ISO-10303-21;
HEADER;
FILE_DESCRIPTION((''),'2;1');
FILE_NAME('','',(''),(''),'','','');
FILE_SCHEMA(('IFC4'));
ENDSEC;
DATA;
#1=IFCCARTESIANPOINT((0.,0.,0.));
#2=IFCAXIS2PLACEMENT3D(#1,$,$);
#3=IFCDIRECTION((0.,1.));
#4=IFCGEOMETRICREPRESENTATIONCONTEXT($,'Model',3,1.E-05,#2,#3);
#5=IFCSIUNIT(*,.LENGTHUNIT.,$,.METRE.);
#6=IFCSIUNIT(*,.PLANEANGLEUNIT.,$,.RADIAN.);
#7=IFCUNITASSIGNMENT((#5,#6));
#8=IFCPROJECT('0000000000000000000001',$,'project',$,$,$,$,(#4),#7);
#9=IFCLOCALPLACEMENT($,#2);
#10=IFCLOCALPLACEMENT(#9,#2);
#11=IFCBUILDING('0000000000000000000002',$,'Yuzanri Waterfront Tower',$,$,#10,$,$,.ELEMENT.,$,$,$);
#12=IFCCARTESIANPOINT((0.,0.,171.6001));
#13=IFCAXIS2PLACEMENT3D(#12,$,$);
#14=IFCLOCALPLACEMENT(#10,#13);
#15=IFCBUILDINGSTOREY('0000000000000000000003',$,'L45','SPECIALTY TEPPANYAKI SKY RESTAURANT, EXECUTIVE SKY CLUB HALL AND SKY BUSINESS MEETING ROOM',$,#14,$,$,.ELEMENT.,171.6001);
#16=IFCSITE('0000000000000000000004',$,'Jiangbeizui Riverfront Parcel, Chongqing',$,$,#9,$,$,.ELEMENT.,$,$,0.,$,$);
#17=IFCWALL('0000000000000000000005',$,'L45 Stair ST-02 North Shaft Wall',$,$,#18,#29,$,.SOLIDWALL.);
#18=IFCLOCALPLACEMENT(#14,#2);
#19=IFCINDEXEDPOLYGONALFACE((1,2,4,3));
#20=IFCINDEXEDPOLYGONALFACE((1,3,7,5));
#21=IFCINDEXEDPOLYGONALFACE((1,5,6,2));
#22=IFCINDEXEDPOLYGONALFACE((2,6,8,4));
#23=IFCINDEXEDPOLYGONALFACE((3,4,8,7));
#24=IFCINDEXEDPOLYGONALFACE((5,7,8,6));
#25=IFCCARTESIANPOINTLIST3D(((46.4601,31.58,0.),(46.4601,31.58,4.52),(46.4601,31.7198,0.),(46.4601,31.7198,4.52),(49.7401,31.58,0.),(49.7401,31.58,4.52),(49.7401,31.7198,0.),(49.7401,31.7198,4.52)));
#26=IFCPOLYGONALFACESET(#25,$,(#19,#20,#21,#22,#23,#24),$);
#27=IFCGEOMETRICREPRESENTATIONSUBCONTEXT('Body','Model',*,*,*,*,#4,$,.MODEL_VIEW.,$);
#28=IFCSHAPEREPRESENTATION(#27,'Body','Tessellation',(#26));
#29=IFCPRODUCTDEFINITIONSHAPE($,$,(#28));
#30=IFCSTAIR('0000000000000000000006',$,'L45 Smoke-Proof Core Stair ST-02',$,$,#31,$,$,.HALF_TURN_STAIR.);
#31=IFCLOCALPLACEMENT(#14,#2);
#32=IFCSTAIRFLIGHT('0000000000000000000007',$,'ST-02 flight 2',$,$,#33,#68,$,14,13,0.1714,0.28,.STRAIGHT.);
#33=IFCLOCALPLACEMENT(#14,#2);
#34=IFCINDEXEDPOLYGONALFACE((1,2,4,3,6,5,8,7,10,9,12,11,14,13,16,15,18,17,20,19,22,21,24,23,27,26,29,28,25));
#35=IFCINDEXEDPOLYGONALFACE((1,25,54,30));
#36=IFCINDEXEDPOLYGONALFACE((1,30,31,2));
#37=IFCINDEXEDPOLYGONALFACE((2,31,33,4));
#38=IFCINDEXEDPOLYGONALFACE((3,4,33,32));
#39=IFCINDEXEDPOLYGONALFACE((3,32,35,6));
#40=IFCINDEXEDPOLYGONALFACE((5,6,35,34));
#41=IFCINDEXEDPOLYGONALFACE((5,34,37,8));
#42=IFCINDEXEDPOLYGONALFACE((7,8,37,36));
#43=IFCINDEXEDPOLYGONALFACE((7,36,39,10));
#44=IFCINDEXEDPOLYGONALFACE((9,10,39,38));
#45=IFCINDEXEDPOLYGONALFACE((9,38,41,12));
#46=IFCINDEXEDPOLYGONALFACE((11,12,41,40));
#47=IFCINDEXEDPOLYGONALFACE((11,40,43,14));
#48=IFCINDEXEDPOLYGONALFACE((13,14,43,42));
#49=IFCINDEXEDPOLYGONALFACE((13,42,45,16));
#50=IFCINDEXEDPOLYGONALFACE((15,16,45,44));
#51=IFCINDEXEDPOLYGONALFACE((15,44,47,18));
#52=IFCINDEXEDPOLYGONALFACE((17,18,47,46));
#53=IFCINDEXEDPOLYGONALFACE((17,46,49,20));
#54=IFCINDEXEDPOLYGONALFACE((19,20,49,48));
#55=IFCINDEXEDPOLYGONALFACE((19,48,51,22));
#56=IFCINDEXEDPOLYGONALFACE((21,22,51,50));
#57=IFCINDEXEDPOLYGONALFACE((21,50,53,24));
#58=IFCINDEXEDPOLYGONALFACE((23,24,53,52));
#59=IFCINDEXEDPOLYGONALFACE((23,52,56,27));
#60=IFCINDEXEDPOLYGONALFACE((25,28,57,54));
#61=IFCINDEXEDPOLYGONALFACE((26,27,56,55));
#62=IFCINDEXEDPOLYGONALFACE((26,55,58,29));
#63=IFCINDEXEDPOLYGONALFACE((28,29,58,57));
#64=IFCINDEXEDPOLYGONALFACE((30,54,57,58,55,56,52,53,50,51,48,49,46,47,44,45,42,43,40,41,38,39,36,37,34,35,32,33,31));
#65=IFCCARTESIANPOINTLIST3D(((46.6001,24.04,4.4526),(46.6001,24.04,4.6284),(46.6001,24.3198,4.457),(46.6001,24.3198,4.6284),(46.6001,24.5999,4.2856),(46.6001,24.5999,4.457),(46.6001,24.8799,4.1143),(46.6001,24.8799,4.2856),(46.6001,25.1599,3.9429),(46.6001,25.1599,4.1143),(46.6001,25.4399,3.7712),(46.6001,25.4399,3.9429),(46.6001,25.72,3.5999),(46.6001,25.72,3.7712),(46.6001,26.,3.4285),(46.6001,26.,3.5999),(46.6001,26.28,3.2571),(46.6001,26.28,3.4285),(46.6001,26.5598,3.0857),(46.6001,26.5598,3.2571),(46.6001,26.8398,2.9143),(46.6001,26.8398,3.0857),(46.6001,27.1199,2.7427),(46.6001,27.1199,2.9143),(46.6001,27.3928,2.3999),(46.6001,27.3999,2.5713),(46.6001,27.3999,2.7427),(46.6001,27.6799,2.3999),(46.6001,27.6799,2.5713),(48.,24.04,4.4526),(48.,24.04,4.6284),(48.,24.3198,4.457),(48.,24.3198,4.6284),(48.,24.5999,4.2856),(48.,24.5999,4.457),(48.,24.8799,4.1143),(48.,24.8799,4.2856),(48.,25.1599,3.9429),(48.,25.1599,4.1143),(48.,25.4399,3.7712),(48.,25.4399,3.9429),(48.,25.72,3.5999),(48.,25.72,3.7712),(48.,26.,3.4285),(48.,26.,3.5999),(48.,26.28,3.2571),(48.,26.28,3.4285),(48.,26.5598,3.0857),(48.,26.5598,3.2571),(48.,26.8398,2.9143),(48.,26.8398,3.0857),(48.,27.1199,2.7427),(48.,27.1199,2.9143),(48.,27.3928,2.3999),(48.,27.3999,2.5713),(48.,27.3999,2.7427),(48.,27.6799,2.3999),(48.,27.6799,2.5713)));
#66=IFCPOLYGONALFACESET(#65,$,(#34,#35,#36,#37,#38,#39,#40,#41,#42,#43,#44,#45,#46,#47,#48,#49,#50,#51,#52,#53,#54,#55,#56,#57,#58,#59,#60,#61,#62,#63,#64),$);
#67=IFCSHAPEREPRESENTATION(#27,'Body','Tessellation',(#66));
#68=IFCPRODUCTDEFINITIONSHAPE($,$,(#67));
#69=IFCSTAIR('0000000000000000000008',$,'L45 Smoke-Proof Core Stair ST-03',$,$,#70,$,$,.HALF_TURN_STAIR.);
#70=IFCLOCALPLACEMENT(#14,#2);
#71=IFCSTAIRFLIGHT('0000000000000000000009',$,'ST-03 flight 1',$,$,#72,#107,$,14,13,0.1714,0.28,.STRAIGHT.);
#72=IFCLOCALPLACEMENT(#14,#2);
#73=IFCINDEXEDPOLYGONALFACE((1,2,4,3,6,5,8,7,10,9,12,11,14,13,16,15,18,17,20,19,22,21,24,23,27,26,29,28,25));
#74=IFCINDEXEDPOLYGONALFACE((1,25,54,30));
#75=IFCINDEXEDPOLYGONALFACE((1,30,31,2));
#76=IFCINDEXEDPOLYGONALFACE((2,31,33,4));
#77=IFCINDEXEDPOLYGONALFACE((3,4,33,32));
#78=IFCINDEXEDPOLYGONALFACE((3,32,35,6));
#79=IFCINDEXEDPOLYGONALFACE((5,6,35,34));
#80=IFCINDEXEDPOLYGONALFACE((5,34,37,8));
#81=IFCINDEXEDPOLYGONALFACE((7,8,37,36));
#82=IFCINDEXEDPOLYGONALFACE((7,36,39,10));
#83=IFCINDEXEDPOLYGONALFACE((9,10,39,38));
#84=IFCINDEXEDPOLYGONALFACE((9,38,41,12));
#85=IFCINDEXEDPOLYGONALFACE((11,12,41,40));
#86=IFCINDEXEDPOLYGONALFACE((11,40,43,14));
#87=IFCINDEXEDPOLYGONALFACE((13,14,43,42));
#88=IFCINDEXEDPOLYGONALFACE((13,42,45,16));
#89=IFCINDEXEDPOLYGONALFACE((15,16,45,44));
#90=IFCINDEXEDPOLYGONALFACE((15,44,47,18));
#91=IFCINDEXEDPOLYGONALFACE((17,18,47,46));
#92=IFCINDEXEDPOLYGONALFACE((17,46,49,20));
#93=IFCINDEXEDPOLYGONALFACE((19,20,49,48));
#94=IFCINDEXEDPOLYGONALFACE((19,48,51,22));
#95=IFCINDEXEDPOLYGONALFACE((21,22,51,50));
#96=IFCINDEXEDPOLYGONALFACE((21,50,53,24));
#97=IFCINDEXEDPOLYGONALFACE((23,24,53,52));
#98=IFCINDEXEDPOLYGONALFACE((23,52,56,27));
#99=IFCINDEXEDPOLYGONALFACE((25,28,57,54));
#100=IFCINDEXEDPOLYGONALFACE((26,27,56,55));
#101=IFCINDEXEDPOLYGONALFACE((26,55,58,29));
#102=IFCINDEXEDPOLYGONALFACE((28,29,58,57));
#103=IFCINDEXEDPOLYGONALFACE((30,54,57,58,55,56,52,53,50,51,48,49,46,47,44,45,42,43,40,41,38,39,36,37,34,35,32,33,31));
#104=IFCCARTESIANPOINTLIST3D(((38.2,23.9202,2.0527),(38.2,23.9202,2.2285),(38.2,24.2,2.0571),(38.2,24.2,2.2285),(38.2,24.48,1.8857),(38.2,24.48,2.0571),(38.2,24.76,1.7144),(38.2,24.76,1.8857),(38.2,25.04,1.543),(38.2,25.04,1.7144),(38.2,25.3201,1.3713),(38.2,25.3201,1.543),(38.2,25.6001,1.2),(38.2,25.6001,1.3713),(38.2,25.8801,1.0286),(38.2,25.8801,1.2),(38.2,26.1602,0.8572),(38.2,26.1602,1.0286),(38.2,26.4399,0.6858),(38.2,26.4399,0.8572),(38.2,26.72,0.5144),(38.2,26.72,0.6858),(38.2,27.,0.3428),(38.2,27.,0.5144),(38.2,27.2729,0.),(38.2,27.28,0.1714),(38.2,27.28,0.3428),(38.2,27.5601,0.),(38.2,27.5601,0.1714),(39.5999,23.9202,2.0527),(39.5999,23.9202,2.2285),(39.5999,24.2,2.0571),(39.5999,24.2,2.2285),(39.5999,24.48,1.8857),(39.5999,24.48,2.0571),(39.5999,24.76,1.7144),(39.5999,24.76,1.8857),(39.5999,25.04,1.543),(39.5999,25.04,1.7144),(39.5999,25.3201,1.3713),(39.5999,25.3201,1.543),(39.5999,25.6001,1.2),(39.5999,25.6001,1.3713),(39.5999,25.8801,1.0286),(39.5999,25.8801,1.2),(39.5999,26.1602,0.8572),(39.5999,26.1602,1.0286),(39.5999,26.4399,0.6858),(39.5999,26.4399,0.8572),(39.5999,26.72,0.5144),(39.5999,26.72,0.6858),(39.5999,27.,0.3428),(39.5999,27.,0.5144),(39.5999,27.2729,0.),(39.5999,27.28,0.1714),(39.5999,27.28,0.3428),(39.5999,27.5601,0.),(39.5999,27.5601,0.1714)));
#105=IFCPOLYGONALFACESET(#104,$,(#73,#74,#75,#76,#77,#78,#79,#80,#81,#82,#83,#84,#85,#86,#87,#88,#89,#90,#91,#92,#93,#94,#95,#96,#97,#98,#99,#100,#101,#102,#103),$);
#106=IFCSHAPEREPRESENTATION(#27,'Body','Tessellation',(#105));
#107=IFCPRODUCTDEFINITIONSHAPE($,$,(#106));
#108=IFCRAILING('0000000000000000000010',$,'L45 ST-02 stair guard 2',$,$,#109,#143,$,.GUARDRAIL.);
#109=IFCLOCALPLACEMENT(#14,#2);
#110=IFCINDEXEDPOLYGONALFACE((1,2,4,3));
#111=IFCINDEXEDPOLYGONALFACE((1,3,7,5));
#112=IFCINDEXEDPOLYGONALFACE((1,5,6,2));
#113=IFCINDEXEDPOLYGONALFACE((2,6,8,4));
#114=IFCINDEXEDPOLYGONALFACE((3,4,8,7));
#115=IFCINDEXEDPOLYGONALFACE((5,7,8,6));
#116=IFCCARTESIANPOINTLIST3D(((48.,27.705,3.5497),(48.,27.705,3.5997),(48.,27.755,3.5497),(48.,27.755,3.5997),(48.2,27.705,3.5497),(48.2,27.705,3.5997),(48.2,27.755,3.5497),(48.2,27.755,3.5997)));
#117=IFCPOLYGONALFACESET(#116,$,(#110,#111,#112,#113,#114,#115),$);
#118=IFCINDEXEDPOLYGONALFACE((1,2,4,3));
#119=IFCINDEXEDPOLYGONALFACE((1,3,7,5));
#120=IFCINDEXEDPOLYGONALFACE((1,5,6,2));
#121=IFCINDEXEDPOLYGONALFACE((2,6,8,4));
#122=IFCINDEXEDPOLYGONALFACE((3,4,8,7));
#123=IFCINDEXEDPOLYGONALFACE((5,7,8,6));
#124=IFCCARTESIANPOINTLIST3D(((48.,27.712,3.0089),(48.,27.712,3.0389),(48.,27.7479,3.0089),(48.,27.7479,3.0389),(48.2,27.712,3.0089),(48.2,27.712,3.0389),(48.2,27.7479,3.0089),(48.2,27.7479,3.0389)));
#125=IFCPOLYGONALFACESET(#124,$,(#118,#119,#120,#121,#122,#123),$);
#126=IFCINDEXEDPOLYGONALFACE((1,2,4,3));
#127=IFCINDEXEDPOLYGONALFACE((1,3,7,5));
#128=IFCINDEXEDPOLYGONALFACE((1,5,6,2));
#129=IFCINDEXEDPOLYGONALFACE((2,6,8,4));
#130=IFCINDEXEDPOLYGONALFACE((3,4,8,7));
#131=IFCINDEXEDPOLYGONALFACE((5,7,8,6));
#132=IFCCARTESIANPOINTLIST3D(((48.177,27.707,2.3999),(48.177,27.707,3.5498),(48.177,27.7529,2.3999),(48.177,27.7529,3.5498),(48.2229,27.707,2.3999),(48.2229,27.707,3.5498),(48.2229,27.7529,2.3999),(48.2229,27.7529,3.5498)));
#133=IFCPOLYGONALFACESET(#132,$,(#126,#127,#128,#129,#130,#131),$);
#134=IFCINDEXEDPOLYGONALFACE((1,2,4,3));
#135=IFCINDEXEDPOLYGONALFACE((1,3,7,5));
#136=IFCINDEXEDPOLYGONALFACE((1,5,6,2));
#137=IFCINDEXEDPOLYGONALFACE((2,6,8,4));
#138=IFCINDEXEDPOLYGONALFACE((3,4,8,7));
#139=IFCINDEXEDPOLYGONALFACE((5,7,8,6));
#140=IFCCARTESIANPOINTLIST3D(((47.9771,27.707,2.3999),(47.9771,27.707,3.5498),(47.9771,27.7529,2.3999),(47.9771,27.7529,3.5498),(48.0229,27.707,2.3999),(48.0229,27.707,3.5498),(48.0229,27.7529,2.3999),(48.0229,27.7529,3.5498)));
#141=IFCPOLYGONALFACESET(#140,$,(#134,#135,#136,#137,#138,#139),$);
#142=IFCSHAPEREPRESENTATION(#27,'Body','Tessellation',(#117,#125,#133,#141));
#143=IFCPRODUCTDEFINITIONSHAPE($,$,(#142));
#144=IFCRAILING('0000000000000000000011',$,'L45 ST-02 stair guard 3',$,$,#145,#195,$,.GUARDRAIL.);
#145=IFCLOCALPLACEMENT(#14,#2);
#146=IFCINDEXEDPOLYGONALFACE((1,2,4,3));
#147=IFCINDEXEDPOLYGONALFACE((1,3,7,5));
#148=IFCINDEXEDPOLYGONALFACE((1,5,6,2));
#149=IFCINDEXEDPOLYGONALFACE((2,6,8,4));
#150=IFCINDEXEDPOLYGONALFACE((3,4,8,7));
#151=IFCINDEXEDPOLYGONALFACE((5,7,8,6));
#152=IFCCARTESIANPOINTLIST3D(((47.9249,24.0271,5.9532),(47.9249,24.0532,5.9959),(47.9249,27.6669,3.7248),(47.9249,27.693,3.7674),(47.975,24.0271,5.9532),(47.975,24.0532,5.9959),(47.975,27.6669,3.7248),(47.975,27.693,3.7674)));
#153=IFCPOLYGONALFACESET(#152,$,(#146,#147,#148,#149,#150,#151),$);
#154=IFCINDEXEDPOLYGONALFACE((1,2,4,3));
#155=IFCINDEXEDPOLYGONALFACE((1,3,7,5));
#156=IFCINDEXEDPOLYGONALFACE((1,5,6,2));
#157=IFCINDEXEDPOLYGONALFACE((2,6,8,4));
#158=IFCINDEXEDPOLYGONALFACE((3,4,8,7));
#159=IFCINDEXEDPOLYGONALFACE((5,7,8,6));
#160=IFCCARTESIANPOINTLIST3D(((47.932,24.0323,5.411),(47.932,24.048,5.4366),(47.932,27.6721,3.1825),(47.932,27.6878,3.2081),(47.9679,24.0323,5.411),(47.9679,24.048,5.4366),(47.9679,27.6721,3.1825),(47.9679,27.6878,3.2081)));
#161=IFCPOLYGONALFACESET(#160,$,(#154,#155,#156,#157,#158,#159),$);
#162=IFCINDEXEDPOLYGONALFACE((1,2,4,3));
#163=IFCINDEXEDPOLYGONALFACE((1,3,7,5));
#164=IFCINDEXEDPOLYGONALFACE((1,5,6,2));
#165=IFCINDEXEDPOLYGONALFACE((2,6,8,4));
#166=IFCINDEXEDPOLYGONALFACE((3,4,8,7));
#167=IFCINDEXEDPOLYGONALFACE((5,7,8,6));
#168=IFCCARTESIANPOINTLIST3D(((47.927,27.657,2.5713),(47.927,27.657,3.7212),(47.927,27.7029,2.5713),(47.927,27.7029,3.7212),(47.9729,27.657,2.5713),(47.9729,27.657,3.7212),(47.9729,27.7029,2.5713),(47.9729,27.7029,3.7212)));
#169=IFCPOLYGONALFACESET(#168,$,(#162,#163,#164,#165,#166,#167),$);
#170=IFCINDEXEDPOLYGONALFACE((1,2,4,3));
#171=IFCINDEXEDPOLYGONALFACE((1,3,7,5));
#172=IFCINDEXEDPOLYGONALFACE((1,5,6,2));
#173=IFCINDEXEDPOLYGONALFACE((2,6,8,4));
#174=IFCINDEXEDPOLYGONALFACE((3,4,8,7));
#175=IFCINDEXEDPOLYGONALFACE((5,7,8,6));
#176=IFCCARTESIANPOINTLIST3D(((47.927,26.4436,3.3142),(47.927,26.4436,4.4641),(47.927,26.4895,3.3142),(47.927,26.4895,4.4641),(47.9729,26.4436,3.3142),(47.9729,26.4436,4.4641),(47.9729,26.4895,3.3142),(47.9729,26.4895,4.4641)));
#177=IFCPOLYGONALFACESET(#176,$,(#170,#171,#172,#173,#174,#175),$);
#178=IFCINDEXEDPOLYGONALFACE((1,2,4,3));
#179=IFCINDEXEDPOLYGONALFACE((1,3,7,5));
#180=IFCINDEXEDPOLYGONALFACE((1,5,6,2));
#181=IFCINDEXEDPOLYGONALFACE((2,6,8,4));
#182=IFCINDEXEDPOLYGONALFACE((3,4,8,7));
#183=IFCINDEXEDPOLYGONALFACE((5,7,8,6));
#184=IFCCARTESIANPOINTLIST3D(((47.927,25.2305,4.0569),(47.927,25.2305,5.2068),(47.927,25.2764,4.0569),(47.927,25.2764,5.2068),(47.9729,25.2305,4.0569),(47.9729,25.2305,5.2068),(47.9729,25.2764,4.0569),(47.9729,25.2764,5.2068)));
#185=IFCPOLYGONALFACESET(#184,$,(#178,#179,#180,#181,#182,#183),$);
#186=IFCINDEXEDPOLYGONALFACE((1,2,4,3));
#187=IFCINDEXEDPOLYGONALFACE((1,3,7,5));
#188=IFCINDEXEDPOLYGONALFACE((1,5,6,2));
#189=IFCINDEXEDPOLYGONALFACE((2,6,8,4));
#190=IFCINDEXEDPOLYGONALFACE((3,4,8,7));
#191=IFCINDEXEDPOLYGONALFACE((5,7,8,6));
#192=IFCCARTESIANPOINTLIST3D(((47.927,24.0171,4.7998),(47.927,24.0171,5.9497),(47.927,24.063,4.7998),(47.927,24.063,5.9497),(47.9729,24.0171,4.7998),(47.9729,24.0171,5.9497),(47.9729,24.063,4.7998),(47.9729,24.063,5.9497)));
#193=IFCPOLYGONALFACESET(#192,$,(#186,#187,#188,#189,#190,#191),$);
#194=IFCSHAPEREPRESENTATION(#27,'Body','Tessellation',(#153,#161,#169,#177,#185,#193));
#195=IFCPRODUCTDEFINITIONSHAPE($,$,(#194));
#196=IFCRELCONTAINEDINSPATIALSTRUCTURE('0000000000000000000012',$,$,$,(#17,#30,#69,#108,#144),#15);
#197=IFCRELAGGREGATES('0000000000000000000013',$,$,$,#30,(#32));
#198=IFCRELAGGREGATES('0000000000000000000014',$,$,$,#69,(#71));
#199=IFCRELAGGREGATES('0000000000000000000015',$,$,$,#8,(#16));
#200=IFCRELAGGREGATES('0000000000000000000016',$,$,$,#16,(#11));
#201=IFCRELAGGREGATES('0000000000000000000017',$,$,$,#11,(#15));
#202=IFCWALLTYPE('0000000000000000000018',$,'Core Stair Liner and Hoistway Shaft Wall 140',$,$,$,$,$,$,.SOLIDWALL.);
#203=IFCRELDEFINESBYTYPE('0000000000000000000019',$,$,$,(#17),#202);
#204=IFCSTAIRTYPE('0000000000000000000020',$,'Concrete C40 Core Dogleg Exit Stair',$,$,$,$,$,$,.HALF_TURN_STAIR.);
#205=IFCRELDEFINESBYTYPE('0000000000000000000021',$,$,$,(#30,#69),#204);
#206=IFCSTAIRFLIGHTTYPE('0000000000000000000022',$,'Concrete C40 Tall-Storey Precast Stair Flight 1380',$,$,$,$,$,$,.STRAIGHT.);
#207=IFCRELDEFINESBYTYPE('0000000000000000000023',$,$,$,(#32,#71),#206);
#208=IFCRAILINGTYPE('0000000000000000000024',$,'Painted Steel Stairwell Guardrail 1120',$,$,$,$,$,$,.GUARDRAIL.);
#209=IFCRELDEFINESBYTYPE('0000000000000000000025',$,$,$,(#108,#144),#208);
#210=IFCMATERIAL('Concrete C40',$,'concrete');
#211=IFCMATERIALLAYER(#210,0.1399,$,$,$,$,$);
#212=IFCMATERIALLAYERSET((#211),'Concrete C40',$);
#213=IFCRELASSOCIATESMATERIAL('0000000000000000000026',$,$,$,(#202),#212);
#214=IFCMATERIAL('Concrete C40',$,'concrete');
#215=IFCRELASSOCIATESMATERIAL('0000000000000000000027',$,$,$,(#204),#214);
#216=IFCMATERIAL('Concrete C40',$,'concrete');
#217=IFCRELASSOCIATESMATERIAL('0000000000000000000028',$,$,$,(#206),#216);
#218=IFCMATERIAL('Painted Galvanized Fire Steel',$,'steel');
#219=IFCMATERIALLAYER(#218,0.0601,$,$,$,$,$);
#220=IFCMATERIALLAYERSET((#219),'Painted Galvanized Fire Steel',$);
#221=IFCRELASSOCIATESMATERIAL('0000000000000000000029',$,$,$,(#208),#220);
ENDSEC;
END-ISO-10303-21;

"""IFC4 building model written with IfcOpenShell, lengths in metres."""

from ifc_helpers import new_model, si_unit, direction, frame, frame_2d, origin, origin_2d, place, context, subcontext, project, spatial, polyline, rectangle, outline, extrude, source, transform, mapped, material, layer, layer_set, type_object, element, aggregate, save


model = new_model("IFC4")

# Units and contexts
model_context = context("Model", 3, precision=1e-05, world=origin(), true_north=direction((0.0, 1.0)))
body_context = subcontext(model_context, "Body", "Model", "MODEL_VIEW")
ifc_project = project(units=[si_unit("LENGTHUNIT", "METRE"), si_unit("PLANEANGLEUNIT", "RADIAN")], contexts=[model_context])

# Site, building, storey
site_placement = place(None, origin())
site = spatial("IfcSite", under=ifc_project, at=site_placement, Name="Jiangbeizui Riverfront Parcel, Chongqing", CompositionType="ELEMENT", RefElevation=0.0)
building_placement = place(site_placement, origin())
building = spatial("IfcBuilding", under=site, at=building_placement, Name="Yuzanri Waterfront Tower", CompositionType="ELEMENT")
storey_placement = place(building_placement, frame((0.0, 0.0, 171.6001)))
storey = spatial("IfcBuildingStorey", under=building, at=storey_placement, Name="L45", Description="SPECIALTY TEPPANYAKI SKY RESTAURANT, EXECUTIVE SKY CLUB HALL AND SKY BUSINESS MEETING ROOM", CompositionType="ELEMENT", Elevation=171.6001)

# Shared definitions
ifc_material_1 = material(Name="Concrete C40", Category="concrete")
ifc_layer_1 = layer(ifc_material_1, 0.1399)
ifc_layer_set_1 = layer_set([ifc_layer_1], Name="Concrete C40")
wall_type = type_object("IfcWallType", Name="Core Stair Liner and Hoistway Shaft Wall 140", PredefinedType="SOLIDWALL", material=ifc_layer_set_1)

# Wall
shared_shape_1 = source(origin(), body_context, "Body", "SweptSolid", [
    extrude(rectangle(XDim=3.28, YDim=0.1399, at=frame_2d((1.6401, 0.0))), origin(), (0.0, 0.0, 1.0), 4.52),
])
wall_1_placement = place(storey_placement, frame((46.46, 31.6499, 0.0), z_axis=(0.0, 0.0, 1.0), x_axis=(1.0, 0.0, 0.0)))
element("IfcWall", 1, at=wall_1_placement, inside=storey, type_object=wall_type, Name="L45 Stair ST-02 North Shaft Wall", PredefinedType="SOLIDWALL", context=body_context, shape_type="MappedRepresentation", body=[
    mapped(shared_shape_1, transform((0.0, 0.0, 0.0), scale=1.0)),
])

# Stairs, stair flights
ifc_material_2 = material(Name="Concrete C40", Category="concrete")
stair_type = type_object("IfcStairType", Name="Concrete C40 Core Dogleg Exit Stair", PredefinedType="HALF_TURN_STAIR", material=ifc_material_2)
stair_1_placement = place(storey_placement, origin())
stair_1 = element("IfcStair", 2, at=stair_1_placement, inside=storey, type_object=stair_type, Name="L45 Smoke-Proof Core Stair ST-02", PredefinedType="HALF_TURN_STAIR")
ifc_material_3 = material(Name="Concrete C40", Category="concrete")
stair_flight_type = type_object("IfcStairFlightType", Name="Concrete C40 Tall-Storey Precast Stair Flight 1380", PredefinedType="STRAIGHT", material=ifc_material_3)
shared_shape_2 = source(origin(), body_context, "Body", "SweptSolid", [
    extrude(outline(polyline([(0.0, 0.0), (0.0, 0.1714), (0.28, 0.1714), (0.28, 0.3428), (0.5601, 0.3428), (0.5601, 0.5144), (0.8401, 0.5144), (0.8401, 0.6858), (1.1201, 0.6858), (1.1201, 0.8572), (1.3999, 0.8572), (1.3999, 1.0286), (1.6799, 1.0286), (1.6799, 1.2), (1.96, 1.2), (1.96, 1.3713), (2.24, 1.3713), (2.24, 1.543), (2.52, 1.543), (2.52, 1.7144), (2.8, 1.7144), (2.8, 1.8857), (3.0801, 1.8857), (3.0801, 2.0571), (3.3601, 2.0571), (3.3601, 2.2285), (3.6399, 2.2285), (3.6399, 2.3999), (3.6399, 2.0527), (0.2871, 0.0), (0.0, 0.0)])), frame((0.0, 0.7, 0.0), z_axis=(0.0, -1.0, 0.0), x_axis=(1.0, 0.0, 0.0)), (0.0, 0.0, 1.0), 1.3999),
])
stair_flight_1_placement = place(storey_placement, frame((47.3, 27.6799, 2.3999), z_axis=(0.0, 0.0, 1.0), x_axis=(0.0, -1.0, 0.0)))
stair_flight_1 = element("IfcStairFlight", 3, at=stair_flight_1_placement, type_object=stair_flight_type, Name="ST-02 flight 2", NumberOfRisers=14, NumberOfTreads=13, PredefinedType="STRAIGHT", RiserHeight=0.1714, TreadLength=0.28, context=body_context, shape_type="MappedRepresentation", body=[
    mapped(shared_shape_2, transform((0.0, 0.0, 0.0), scale=1.0)),
])
aggregate(stair_1, [stair_flight_1])
stair_2_placement = place(storey_placement, origin())
stair_2 = element("IfcStair", 4, at=stair_2_placement, inside=storey, type_object=stair_type, Name="L45 Smoke-Proof Core Stair ST-03", PredefinedType="HALF_TURN_STAIR")
stair_flight_2_placement = place(storey_placement, frame((38.8999, 27.5601, 0.0), z_axis=(0.0, 0.0, 1.0), x_axis=(0.0, -1.0, 0.0)))
stair_flight_2 = element("IfcStairFlight", 5, at=stair_flight_2_placement, type_object=stair_flight_type, Name="ST-03 flight 1", NumberOfRisers=14, NumberOfTreads=13, PredefinedType="STRAIGHT", RiserHeight=0.1714, TreadLength=0.28, context=body_context, shape_type="MappedRepresentation", body=[
    mapped(shared_shape_2, transform((0.0, 0.0, 0.0), scale=1.0)),
])
aggregate(stair_2, [stair_flight_2])

# Railings
ifc_material_4 = material(Name="Painted Galvanized Fire Steel", Category="steel")
ifc_layer_2 = layer(ifc_material_4, 0.0601)
ifc_layer_set_2 = layer_set([ifc_layer_2], Name="Painted Galvanized Fire Steel")
railing_type_1 = type_object("IfcRailingType", Name="Painted Steel Stairwell Guardrail 1120", PredefinedType="GUARDRAIL", material=ifc_layer_set_2)
shared_shape_3 = source(origin(), body_context, "Body", "SweptSolid", [
    extrude(rectangle(XDim=0.05, YDim=0.05, at=origin_2d()), frame((0.0, 0.0, 1.1748), z_axis=(-1.0, 0.0, 0.0), x_axis=(0.0, -1.0, 0.0)), (0.0, 0.0, 1.0), 0.2),
    extrude(rectangle(XDim=0.0359, YDim=0.03, at=origin_2d()), frame((0.0, 0.0, 0.624), z_axis=(-1.0, 0.0, 0.0), x_axis=(0.0, -1.0, 0.0)), (0.0, 0.0, 1.0), 0.2),
    extrude(rectangle(XDim=0.0459, YDim=0.0459, at=origin_2d()), origin(), (0.0, 0.0, 1.0), 1.1499),
    extrude(rectangle(XDim=0.0459, YDim=0.0459, at=origin_2d()), frame((-0.2, 0.0, 0.0)), (0.0, 0.0, 1.0), 1.1499),
])
railing_1_placement = place(storey_placement, frame((48.2, 27.73, 2.3999)))
element("IfcRailing", 6, at=railing_1_placement, inside=storey, type_object=railing_type_1, Name="L45 ST-02 stair guard 2", PredefinedType="GUARDRAIL", context=body_context, shape_type="MappedRepresentation", body=[
    mapped(shared_shape_3, transform((0.0, 0.0, 0.0), scale=1.0)),
])
shared_shape_4 = source(origin(), body_context, "Body", "SweptSolid", [
    extrude(rectangle(XDim=0.05, YDim=0.05, at=origin_2d()), frame((0.0, 0.0, 1.1748), z_axis=(0.0, -0.85285, 0.522156), x_axis=(1.0, 0.0, 0.0)), (0.0, 0.0, 1.0), 4.2678),
    extrude(rectangle(XDim=0.0359, YDim=0.03, at=origin_2d()), frame((0.0, 0.0, 0.624), z_axis=(0.0, -0.85285, 0.522156), x_axis=(1.0, 0.0, 0.0)), (0.0, 0.0, 1.0), 4.2678),
    extrude(rectangle(XDim=0.0459, YDim=0.0459, at=origin_2d()), origin(), (0.0, 0.0, 1.0), 1.1499),
    extrude(rectangle(XDim=0.0459, YDim=0.0459, at=origin_2d()), frame((0.0, -1.2134, 0.7429)), (0.0, 0.0, 1.0), 1.1499),
    extrude(rectangle(XDim=0.0459, YDim=0.0459, at=origin_2d()), frame((0.0, -2.4265, 1.4856)), (0.0, 0.0, 1.0), 1.1499),
    extrude(rectangle(XDim=0.0459, YDim=0.0459, at=origin_2d()), frame((0.0, -3.6399, 2.2285)), (0.0, 0.0, 1.0), 1.1499),
])
railing_2_placement = place(storey_placement, frame((47.95, 27.6799, 2.5713)))
element("IfcRailing", 7, at=railing_2_placement, inside=storey, type_object=railing_type_1, Name="L45 ST-02 stair guard 3", PredefinedType="GUARDRAIL", context=body_context, shape_type="MappedRepresentation", body=[
    mapped(shared_shape_4, transform((0.0, 0.0, 0.0), scale=1.0)),
])

save(model, "model.ifc")
